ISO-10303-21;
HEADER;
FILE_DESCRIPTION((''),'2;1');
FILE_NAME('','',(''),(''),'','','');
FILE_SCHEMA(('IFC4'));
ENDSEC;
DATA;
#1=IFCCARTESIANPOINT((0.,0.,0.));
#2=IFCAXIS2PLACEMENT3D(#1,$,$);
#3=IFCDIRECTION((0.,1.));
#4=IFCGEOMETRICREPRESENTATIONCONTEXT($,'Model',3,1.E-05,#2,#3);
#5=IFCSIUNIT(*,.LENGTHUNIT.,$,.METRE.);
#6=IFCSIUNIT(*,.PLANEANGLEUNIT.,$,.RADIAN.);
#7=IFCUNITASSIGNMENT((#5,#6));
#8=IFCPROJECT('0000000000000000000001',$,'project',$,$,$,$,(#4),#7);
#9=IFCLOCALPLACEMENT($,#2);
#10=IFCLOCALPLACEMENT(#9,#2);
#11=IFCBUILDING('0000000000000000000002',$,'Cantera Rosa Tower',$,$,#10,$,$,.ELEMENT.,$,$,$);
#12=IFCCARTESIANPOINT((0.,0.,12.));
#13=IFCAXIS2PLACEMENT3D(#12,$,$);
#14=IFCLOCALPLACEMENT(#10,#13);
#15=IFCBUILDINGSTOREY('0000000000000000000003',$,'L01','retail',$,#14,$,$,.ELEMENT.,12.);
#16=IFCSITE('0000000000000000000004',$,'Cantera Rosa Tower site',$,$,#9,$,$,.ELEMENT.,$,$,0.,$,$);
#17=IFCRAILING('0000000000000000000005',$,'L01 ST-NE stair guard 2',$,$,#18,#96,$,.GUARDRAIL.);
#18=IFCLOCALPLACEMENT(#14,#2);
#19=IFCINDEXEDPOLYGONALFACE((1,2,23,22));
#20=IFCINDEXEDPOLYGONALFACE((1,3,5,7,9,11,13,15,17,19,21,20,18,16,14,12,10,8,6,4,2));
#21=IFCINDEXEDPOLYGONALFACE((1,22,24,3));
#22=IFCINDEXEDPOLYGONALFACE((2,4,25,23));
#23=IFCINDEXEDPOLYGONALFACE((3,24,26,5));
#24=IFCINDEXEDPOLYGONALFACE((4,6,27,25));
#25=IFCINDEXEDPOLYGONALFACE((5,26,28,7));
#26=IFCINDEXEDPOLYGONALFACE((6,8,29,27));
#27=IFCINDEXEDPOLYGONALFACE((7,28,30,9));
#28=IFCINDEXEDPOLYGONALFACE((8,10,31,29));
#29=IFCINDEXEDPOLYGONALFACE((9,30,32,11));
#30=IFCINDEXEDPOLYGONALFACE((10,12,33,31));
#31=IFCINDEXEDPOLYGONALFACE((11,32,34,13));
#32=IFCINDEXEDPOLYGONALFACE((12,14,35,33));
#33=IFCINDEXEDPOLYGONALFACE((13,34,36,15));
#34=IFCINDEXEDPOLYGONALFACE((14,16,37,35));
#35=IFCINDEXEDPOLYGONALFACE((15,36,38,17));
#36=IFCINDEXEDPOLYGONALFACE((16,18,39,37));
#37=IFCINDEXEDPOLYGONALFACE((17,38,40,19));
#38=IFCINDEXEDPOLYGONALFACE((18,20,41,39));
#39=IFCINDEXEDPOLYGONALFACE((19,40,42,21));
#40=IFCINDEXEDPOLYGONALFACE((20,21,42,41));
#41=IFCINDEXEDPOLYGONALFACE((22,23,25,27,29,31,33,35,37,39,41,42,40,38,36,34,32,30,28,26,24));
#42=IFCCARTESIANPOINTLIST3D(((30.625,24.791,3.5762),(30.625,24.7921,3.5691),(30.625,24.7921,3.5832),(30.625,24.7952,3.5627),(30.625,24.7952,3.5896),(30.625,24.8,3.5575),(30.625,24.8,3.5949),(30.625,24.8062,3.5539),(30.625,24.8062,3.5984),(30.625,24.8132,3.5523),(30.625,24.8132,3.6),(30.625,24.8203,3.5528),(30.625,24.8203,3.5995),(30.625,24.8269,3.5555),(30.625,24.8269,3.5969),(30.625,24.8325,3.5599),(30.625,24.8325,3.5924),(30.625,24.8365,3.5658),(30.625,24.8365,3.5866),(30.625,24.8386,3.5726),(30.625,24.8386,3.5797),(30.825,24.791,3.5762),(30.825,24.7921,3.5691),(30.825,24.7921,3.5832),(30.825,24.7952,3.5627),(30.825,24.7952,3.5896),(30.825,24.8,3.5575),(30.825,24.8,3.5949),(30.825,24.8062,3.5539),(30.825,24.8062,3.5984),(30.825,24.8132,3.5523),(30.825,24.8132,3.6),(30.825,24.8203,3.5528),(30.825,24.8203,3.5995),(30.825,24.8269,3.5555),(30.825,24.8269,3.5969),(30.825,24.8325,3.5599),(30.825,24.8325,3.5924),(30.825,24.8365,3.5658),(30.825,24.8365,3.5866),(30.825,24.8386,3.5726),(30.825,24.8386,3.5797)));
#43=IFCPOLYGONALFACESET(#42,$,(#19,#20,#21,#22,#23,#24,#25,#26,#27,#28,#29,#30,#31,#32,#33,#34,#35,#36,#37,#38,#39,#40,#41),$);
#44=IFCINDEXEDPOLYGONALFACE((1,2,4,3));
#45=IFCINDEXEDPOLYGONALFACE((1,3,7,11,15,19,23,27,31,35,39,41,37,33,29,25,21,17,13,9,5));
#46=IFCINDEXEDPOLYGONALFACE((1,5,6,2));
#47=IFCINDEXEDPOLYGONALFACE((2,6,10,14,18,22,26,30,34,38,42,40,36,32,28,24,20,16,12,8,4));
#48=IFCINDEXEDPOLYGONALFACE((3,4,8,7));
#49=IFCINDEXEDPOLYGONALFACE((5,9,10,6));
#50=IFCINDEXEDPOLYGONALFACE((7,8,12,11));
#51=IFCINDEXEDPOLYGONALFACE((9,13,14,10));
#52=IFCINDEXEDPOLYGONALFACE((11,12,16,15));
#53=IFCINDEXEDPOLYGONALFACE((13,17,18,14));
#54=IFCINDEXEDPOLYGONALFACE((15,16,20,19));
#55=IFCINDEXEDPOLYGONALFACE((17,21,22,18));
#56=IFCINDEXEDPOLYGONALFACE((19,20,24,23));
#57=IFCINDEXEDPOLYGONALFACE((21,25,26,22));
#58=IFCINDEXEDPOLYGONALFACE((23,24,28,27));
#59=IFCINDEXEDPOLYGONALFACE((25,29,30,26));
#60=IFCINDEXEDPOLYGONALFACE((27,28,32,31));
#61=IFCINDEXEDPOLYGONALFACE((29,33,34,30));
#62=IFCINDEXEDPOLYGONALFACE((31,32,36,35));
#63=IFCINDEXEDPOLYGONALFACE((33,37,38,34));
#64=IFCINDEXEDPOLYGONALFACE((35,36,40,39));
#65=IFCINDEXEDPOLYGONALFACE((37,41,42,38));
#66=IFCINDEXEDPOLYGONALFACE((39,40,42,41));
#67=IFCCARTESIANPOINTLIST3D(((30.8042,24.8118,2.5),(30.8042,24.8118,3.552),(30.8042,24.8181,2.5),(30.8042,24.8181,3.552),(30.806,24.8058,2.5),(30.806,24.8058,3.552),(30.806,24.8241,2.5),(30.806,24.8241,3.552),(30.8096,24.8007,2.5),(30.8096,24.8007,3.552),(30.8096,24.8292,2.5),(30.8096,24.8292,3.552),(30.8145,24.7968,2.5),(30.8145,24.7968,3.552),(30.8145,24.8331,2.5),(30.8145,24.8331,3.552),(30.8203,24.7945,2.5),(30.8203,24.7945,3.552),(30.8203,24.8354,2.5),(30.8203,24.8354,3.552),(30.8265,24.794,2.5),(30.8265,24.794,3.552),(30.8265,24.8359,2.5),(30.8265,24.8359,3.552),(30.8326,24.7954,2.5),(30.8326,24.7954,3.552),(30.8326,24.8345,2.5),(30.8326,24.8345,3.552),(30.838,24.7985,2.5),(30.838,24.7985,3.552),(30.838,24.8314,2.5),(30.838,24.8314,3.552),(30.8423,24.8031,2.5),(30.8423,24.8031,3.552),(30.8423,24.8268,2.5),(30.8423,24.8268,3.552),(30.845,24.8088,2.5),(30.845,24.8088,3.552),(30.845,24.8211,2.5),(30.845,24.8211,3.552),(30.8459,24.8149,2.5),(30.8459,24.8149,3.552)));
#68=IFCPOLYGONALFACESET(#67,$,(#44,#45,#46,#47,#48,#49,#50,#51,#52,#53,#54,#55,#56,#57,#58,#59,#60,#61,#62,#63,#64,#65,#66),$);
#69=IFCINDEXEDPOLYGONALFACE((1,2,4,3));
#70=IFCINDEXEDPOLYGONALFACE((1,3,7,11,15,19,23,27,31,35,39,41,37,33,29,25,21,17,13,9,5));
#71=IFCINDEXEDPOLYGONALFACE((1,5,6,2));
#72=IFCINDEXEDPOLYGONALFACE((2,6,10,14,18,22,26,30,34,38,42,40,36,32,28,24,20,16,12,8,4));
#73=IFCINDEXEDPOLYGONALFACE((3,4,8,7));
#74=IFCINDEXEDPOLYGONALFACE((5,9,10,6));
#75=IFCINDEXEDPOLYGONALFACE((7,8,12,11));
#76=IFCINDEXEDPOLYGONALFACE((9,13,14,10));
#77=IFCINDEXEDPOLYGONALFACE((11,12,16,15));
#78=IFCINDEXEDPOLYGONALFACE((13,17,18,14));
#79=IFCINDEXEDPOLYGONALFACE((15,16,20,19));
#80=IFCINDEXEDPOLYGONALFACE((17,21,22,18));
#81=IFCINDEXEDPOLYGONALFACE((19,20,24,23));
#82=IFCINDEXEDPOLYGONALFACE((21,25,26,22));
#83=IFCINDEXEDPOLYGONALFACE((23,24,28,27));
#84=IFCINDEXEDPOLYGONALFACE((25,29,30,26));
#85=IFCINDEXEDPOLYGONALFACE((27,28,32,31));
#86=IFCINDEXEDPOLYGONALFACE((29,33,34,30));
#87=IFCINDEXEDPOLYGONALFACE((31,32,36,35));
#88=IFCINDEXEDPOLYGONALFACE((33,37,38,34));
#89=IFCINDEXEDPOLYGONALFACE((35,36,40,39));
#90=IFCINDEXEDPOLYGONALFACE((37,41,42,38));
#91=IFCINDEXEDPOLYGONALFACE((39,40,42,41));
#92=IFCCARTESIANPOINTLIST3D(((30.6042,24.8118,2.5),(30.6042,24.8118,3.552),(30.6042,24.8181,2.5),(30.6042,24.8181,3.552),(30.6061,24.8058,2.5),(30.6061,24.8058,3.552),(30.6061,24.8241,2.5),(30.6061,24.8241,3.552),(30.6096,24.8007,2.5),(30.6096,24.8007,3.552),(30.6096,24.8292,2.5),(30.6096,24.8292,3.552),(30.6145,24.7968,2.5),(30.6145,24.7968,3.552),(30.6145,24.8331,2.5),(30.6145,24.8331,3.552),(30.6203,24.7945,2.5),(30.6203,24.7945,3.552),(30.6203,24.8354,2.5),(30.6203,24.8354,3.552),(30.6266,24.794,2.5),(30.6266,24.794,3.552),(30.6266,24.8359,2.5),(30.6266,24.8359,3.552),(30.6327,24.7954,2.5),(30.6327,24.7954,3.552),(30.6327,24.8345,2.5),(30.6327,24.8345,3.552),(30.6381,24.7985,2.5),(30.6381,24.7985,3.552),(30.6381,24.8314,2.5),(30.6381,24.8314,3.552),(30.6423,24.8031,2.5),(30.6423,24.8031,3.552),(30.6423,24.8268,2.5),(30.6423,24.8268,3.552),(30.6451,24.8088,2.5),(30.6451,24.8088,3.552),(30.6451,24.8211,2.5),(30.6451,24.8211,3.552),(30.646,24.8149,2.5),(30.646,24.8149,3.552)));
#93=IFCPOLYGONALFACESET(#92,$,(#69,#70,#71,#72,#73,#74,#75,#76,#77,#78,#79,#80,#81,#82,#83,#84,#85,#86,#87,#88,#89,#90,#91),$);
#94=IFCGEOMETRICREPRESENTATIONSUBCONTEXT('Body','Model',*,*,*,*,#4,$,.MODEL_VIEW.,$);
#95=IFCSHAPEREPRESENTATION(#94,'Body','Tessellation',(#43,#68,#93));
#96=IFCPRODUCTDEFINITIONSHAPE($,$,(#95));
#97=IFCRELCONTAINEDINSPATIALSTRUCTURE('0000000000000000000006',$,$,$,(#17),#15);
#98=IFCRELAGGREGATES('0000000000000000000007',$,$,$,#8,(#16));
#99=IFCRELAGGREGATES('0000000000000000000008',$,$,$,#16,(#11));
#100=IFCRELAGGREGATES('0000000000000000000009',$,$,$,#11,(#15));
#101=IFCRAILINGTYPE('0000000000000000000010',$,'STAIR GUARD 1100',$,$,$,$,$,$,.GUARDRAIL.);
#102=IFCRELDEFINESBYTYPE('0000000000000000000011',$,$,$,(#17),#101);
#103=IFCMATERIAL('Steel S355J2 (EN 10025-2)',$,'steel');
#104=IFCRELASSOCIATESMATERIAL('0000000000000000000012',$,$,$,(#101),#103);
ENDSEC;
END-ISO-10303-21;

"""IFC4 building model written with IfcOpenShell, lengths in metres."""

from ifc_helpers import new_model, si_unit, direction, frame, origin, origin_2d, place, context, subcontext, project, spatial, circle, extrude, material, type_object, element, save


model = new_model("IFC4")

# Units and contexts
model_context = context("Model", 3, precision=1e-05, world=origin(), true_north=direction((0.0, 1.0)))
body_context = subcontext(model_context, "Body", "Model", "MODEL_VIEW")
ifc_project = project(units=[si_unit("LENGTHUNIT", "METRE"), si_unit("PLANEANGLEUNIT", "RADIAN")], contexts=[model_context])

# Site, building, storey
site_placement = place(None, origin())
site = spatial("IfcSite", under=ifc_project, at=site_placement, Name="Cantera Rosa Tower site", CompositionType="ELEMENT", RefElevation=0.0)
building_placement = place(site_placement, origin())
building = spatial("IfcBuilding", under=site, at=building_placement, Name="Cantera Rosa Tower", CompositionType="ELEMENT")
storey_placement = place(building_placement, frame((0.0, 0.0, 12.0)))
storey = spatial("IfcBuildingStorey", under=building, at=storey_placement, Name="L01", Description="retail", CompositionType="ELEMENT", Elevation=12.0)

# Railing
ifc_material_1 = material(Name="Steel S355J2 (EN 10025-2)", Category="steel")
railing_type_1 = type_object("IfcRailingType", Name="STAIR GUARD 1100", PredefinedType="GUARDRAIL", material=ifc_material_1)
railing_1_placement = place(storey_placement, frame((30.825, 24.8149, 2.5)))
element("IfcRailing", 1, at=railing_1_placement, inside=storey, type_object=railing_type_1, Name="L01 ST-NE stair guard 2", PredefinedType="GUARDRAIL", context=body_context, shape_type="SweptSolid", body=[
    extrude(circle(Radius=0.0239, at=origin_2d()), frame((0.0, 0.0, 1.0762), z_axis=(-1.0, 0.0, 0.0), x_axis=(0.0, -1.0, 0.0)), (0.0, 0.0, 1.0), 0.2),
    extrude(circle(Radius=0.021, at=origin_2d()), origin(), (0.0, 0.0, 1.0), 1.052),
    extrude(circle(Radius=0.021, at=origin_2d()), frame((-0.2, 0.0, 0.0)), (0.0, 0.0, 1.0), 1.052),
])

save(model, "model.ifc")
